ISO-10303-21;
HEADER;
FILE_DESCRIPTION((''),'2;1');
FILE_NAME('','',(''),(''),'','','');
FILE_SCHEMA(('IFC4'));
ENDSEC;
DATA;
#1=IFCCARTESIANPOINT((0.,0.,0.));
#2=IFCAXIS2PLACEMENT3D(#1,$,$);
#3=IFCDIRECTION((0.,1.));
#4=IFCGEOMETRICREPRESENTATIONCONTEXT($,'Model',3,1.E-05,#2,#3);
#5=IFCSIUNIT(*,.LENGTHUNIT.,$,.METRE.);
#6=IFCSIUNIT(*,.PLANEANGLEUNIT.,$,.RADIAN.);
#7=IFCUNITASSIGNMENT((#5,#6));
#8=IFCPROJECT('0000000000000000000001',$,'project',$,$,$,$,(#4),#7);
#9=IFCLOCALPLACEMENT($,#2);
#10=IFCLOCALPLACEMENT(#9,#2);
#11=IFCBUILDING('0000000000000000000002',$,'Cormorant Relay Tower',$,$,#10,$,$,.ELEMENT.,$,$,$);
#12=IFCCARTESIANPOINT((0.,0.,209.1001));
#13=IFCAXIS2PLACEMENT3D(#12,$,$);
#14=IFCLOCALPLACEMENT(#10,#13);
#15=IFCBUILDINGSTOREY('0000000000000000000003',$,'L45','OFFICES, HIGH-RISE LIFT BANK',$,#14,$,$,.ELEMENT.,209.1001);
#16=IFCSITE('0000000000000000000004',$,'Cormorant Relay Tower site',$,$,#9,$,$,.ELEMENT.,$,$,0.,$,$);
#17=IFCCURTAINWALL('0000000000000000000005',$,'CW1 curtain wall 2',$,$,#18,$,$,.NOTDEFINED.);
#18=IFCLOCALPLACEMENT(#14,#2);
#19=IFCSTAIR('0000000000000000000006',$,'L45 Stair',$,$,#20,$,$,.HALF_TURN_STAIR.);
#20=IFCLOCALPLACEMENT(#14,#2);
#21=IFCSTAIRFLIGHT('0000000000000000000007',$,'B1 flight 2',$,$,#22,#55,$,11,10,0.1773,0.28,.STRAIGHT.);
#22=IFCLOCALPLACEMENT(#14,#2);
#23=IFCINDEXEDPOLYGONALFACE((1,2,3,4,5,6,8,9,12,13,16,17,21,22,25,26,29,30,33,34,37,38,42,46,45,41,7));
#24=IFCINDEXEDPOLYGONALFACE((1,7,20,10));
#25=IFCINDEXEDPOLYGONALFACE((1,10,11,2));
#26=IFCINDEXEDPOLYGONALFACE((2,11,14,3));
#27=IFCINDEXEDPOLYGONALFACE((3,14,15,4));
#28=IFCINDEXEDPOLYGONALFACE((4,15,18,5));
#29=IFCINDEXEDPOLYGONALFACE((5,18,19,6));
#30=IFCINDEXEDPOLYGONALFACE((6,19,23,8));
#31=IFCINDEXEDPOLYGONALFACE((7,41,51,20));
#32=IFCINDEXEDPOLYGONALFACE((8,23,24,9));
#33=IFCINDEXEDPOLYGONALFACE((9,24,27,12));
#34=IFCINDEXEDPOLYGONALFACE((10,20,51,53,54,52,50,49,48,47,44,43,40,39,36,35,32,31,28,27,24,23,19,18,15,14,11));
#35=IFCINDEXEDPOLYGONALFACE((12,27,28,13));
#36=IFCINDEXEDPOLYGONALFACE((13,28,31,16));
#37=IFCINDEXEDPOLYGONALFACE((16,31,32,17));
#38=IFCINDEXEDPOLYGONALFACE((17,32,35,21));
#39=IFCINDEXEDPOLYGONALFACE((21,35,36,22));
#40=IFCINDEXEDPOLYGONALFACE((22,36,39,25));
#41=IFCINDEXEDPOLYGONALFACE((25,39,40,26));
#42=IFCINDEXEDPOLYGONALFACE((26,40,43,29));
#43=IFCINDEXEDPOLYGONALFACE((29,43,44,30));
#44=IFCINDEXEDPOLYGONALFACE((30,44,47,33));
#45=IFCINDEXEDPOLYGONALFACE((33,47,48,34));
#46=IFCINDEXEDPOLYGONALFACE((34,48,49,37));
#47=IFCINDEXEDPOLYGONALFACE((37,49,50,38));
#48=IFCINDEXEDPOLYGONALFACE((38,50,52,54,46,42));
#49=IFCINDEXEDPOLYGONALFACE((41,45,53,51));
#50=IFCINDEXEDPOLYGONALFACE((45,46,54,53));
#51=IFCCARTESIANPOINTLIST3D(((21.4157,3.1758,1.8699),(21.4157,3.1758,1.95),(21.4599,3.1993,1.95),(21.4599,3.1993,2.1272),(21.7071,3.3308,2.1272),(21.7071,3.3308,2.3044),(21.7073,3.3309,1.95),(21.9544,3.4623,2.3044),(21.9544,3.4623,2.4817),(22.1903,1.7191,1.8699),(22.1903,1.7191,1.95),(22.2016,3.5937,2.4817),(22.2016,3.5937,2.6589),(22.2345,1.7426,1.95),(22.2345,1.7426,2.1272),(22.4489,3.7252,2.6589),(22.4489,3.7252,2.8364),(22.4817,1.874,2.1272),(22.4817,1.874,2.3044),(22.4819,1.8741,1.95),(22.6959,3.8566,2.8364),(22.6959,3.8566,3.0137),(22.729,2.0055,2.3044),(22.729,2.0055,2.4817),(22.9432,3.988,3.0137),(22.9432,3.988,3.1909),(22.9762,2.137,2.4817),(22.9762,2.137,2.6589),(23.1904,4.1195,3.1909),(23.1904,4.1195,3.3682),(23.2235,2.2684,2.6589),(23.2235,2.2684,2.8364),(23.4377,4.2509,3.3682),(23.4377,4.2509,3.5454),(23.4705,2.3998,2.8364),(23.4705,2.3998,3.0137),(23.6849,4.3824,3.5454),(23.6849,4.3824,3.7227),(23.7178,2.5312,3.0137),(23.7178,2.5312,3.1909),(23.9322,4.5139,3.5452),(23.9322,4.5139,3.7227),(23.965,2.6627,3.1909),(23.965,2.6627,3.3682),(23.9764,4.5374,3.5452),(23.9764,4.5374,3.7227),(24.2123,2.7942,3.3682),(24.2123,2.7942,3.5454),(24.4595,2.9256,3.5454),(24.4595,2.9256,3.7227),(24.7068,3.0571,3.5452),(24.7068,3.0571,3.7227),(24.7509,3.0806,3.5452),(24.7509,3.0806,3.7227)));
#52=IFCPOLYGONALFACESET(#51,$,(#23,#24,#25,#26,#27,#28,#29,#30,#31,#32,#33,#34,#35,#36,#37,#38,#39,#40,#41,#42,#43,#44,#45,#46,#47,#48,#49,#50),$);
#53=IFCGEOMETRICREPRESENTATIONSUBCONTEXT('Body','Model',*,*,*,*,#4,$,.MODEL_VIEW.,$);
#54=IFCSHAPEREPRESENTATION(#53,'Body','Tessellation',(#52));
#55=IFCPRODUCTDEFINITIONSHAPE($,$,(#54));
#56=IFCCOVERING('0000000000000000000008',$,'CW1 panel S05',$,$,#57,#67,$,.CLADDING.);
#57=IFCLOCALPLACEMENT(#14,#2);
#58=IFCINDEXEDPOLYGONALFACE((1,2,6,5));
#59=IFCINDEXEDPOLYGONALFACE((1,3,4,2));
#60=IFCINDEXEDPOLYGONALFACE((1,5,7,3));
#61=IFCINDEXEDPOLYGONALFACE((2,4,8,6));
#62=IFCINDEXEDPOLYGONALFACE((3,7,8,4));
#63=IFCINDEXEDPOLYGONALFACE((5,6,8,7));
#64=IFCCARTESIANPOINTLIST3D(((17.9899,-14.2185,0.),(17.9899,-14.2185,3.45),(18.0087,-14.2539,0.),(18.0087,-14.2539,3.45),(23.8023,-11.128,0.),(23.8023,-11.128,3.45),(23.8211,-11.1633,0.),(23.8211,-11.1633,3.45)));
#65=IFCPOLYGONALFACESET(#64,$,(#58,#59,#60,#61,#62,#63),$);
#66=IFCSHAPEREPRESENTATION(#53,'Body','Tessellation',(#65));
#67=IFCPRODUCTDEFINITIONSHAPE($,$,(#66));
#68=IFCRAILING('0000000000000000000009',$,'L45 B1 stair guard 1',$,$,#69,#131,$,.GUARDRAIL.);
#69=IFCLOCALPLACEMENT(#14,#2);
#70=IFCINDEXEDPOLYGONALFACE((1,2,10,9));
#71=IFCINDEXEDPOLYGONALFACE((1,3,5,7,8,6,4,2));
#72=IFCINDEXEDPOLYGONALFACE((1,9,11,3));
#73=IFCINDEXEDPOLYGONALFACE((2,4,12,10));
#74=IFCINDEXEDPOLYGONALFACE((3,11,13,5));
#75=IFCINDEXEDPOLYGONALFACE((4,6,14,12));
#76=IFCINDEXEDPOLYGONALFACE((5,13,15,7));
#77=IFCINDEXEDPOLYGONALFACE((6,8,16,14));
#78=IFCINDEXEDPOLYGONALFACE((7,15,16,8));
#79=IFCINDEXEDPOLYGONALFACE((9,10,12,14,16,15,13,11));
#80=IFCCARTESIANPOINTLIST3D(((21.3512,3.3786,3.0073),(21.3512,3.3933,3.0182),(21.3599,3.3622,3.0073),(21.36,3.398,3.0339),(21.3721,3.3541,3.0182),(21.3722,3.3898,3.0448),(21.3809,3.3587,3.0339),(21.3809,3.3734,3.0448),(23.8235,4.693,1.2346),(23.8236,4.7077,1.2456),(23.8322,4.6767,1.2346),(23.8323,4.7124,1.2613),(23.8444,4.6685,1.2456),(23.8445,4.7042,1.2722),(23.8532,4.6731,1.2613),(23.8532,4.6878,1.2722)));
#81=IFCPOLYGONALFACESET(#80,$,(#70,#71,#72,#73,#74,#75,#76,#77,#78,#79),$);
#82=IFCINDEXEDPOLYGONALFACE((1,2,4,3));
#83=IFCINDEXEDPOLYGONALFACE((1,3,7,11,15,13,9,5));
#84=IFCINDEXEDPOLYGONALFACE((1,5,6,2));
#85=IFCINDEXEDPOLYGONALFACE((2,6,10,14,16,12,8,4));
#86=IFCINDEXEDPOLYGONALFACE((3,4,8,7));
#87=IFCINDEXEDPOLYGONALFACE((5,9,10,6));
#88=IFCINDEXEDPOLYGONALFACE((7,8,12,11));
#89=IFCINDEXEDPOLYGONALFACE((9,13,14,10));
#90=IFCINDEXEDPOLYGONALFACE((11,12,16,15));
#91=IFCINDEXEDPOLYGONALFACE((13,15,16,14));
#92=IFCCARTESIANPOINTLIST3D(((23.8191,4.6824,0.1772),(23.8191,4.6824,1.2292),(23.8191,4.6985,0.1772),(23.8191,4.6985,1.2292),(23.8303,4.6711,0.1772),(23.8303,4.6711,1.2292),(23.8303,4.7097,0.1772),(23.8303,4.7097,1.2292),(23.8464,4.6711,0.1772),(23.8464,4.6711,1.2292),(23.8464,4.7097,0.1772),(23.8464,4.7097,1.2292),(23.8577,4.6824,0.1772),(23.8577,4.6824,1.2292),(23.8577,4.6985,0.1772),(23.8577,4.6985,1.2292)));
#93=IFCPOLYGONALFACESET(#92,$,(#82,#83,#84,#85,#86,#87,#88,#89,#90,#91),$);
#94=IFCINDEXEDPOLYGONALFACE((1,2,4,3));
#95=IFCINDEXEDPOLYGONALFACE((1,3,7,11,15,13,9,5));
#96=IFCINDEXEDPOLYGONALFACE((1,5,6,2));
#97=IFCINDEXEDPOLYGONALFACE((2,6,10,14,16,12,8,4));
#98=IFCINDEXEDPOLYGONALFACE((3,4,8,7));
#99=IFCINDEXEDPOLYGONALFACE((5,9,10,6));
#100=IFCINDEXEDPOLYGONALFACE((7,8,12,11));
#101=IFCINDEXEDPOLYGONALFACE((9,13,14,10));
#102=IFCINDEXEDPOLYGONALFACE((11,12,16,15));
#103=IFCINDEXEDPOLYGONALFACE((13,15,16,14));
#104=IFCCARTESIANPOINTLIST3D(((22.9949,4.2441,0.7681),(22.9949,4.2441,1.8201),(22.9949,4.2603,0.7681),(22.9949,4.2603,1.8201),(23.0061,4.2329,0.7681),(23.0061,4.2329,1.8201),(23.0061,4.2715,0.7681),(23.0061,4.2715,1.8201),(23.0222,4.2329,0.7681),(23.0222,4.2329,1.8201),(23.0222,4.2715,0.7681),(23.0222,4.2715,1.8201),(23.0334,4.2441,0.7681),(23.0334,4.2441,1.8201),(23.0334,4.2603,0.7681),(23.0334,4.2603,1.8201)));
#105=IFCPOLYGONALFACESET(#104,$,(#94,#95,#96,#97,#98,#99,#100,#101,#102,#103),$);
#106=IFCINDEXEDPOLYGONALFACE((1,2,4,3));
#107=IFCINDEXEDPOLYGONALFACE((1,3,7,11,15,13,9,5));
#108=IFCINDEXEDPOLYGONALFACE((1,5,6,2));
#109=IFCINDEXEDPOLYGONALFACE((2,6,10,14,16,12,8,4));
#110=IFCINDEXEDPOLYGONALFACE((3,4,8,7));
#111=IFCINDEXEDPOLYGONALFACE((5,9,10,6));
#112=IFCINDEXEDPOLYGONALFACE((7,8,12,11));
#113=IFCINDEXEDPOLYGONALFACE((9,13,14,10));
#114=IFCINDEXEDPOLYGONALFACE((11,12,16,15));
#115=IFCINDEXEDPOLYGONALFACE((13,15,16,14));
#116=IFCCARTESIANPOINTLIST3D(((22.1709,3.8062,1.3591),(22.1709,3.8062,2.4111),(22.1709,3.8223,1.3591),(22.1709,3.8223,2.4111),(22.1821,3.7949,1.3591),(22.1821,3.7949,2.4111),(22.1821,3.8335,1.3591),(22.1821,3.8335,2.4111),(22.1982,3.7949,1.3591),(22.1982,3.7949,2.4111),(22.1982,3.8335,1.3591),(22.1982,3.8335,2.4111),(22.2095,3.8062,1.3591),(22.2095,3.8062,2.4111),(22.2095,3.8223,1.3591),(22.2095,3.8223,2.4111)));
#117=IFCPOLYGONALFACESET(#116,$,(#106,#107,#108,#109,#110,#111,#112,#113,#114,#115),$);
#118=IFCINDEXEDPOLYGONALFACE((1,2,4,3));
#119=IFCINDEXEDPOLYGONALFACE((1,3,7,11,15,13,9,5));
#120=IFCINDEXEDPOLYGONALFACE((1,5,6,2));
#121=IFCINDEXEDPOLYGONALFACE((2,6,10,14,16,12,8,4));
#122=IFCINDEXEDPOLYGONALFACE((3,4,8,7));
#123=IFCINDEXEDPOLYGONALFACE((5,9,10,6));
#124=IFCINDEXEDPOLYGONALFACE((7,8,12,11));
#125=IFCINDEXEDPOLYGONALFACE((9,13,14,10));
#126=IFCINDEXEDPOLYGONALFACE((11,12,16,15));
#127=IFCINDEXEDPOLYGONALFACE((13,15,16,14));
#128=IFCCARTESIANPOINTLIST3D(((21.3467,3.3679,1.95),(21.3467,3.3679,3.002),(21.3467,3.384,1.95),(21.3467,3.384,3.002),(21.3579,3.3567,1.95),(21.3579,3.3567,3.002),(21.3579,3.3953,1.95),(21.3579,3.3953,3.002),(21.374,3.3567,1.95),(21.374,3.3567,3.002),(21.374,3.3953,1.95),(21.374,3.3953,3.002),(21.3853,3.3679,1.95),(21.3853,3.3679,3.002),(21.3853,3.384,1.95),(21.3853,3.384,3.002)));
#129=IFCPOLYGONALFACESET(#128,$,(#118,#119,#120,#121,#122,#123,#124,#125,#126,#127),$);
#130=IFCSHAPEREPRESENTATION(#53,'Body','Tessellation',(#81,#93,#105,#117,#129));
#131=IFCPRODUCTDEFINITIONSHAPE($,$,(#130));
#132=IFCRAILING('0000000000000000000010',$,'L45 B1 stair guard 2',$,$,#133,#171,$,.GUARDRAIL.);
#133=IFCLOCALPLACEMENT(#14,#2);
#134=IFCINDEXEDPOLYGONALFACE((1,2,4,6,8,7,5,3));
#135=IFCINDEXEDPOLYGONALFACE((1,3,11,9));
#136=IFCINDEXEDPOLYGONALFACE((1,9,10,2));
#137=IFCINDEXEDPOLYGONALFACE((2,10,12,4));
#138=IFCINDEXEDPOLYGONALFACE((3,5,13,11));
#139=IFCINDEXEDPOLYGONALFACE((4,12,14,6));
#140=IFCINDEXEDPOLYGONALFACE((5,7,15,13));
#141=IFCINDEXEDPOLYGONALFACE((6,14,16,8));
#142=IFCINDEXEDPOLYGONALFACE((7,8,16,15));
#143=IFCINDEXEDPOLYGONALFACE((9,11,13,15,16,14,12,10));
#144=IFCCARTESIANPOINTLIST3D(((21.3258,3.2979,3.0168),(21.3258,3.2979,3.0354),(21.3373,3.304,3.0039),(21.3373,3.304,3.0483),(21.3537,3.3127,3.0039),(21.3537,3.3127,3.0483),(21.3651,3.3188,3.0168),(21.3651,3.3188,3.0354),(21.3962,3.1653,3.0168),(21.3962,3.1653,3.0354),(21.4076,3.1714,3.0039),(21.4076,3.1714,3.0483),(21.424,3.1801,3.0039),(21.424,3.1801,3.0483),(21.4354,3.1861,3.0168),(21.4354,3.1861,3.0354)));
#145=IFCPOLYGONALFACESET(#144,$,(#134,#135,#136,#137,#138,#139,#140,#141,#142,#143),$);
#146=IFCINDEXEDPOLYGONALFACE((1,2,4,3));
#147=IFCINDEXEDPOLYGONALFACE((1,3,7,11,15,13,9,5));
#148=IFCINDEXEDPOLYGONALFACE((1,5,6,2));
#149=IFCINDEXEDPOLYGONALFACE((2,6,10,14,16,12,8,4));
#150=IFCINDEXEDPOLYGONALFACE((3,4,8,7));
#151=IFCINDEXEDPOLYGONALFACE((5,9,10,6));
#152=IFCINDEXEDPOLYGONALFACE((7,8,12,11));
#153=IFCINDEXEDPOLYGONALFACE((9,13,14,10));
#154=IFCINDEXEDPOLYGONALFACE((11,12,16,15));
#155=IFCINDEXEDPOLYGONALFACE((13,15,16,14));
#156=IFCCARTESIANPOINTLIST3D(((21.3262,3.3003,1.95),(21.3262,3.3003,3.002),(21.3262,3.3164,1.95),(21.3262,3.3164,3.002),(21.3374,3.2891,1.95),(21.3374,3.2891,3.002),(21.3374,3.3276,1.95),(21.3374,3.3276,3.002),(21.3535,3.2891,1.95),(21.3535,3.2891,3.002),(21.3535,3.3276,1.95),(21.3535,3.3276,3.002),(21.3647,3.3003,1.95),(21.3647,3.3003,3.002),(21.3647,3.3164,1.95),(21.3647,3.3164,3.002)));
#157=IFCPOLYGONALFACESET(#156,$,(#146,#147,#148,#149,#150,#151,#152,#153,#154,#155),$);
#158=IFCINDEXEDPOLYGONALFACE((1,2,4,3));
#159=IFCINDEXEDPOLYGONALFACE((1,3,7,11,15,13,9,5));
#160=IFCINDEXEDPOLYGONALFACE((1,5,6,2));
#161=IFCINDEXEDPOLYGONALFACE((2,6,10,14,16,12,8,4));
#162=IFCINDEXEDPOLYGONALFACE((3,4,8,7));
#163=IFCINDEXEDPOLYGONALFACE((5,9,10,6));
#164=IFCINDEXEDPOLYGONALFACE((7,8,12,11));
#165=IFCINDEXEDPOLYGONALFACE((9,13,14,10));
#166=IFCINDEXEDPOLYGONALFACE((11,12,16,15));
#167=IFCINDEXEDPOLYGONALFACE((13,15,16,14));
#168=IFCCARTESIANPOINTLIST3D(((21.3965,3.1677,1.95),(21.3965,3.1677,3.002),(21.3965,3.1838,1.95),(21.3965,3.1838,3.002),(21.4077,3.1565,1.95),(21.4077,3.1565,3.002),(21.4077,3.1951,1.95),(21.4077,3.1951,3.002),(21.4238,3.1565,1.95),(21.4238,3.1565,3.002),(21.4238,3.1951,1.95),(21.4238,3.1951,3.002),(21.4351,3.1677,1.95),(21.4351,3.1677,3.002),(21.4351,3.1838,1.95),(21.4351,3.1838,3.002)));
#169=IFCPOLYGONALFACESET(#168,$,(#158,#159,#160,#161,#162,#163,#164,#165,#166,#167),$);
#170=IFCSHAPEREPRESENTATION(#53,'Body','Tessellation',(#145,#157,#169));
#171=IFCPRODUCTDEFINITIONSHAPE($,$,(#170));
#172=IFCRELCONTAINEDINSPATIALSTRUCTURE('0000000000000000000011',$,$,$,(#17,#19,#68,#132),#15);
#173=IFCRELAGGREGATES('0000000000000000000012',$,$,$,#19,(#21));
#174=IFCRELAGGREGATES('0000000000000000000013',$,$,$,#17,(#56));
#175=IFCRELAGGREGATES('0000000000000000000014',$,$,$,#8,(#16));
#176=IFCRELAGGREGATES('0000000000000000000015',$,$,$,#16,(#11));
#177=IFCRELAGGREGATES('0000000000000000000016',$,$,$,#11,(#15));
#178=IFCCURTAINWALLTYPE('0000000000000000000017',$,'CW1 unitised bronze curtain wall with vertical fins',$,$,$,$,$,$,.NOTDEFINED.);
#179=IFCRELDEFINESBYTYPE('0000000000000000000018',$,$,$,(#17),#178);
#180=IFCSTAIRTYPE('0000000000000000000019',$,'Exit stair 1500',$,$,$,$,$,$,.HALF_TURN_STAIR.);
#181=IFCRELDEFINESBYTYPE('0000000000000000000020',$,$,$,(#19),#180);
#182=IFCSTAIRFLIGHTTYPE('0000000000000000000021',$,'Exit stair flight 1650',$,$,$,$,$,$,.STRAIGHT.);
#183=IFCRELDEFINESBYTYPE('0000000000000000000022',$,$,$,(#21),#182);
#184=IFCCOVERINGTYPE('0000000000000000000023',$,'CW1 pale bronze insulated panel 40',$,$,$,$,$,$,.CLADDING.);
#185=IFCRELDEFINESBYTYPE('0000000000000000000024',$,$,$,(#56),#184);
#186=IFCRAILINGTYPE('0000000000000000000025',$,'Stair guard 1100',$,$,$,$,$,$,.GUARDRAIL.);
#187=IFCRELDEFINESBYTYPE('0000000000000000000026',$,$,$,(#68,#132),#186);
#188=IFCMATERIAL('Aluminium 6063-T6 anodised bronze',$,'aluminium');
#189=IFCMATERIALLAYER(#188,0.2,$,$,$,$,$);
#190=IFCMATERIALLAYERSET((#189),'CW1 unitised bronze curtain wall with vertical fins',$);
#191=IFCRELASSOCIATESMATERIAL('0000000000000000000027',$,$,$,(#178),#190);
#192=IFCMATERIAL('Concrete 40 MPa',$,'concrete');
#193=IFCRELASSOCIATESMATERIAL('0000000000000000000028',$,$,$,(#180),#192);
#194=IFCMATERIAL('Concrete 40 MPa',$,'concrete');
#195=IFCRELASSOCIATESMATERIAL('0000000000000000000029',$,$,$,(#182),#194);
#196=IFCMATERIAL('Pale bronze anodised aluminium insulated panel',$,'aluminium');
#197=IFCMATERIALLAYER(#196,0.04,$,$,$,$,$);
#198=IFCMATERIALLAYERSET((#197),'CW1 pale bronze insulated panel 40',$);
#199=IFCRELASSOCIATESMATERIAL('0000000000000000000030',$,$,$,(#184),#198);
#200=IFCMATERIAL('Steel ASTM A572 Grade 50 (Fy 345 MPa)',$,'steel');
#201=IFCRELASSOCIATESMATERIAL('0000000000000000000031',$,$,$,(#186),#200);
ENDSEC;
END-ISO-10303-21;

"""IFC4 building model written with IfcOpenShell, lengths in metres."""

from ifc_helpers import new_model, si_unit, direction, frame, origin, origin_2d, place, context, subcontext, project, spatial, polyline, rectangle, outline, extrude, material, layer, layer_set, type_object, element, aggregate, save


model = new_model("IFC4")

# Units and contexts
model_context = context("Model", 3, precision=1e-05, world=origin(), true_north=direction((0.0, 1.0)))
body_context = subcontext(model_context, "Body", "Model", "MODEL_VIEW")
ifc_project = project(units=[si_unit("LENGTHUNIT", "METRE"), si_unit("PLANEANGLEUNIT", "RADIAN")], contexts=[model_context])

# Site, building, storey
site_placement = place(None, origin())
site = spatial("IfcSite", under=ifc_project, at=site_placement, Name="Cormorant Relay Tower site", CompositionType="ELEMENT", RefElevation=0.0)
building_placement = place(site_placement, origin())
building = spatial("IfcBuilding", under=site, at=building_placement, Name="Cormorant Relay Tower", CompositionType="ELEMENT")
storey_placement = place(building_placement, frame((0.0, 0.0, 209.1001)))
storey = spatial("IfcBuildingStorey", under=building, at=storey_placement, Name="L45", Description="OFFICES, HIGH-RISE LIFT BANK", CompositionType="ELEMENT", Elevation=209.1001)

# Curtain wall
ifc_material_1 = material(Name="Aluminium 6063-T6 anodised bronze", Category="aluminium")
ifc_layer_1 = layer(ifc_material_1, 0.2)
ifc_layer_set_1 = layer_set([ifc_layer_1], Name="CW1 unitised bronze curtain wall with vertical fins")
curtain_wall_type = type_object("IfcCurtainWallType", Name="CW1 unitised bronze curtain wall with vertical fins", PredefinedType="NOTDEFINED", material=ifc_layer_set_1)
curtain_wall_placement = place(storey_placement, origin())
curtain_wall = element("IfcCurtainWall", 1, at=curtain_wall_placement, inside=storey, type_object=curtain_wall_type, Name="CW1 curtain wall 2", PredefinedType="NOTDEFINED")

# Stair, stair flight
ifc_material_2 = material(Name="Concrete 40 MPa", Category="concrete")
stair_type = type_object("IfcStairType", Name="Exit stair 1500", PredefinedType="HALF_TURN_STAIR", material=ifc_material_2)
stair_placement = place(storey_placement, origin())
stair = element("IfcStair", 2, at=stair_placement, inside=storey, type_object=stair_type, Name="L45 Stair", PredefinedType="HALF_TURN_STAIR")
ifc_material_3 = material(Name="Concrete 40 MPa", Category="concrete")
stair_flight_type = type_object("IfcStairFlightType", Name="Exit stair flight 1650", PredefinedType="STRAIGHT", material=ifc_material_3)
stair_flight_1_placement = place(storey_placement, frame((21.8472, 2.4709, 1.95), z_axis=(0.0, 0.0, 1.0), x_axis=(0.882948, 0.469472, 0.0)))
stair_flight_1 = element("IfcStairFlight", 3, at=stair_flight_1_placement, type_object=stair_flight_type, Name="B1 flight 2", NumberOfRisers=11, NumberOfTreads=10, PredefinedType="STRAIGHT", RiserHeight=0.1773, TreadLength=0.28, context=body_context, shape_type="SweptSolid", body=[
    extrude(outline(polyline([(-0.05, -0.0801), (-0.05, 0.0), (0.0, 0.0), (0.0, 0.1772), (0.28, 0.1772), (0.28, 0.3545), (0.5601, 0.3545), (0.5601, 0.5317), (0.8401, 0.5317), (0.8401, 0.709), (1.1201, 0.709), (1.1201, 0.8865), (1.3999, 0.8865), (1.3999, 1.0637), (1.6799, 1.0637), (1.6799, 1.241), (1.96, 1.241), (1.96, 1.4182), (2.24, 1.4182), (2.24, 1.5955), (2.52, 1.5955), (2.52, 1.7727), (2.8, 1.7727), (2.8501, 1.7727), (2.8501, 1.5952), (2.8, 1.5952), (0.2803, 0.0), (-0.05, -0.0801)])), frame((0.0, 0.825, 0.0), z_axis=(0.0, -1.0, 0.0), x_axis=(1.0, 0.0, 0.0)), (0.0, 0.0, 1.0), 1.6499),
])
aggregate(stair, [stair_flight_1])

# Covering
ifc_material_4 = material(Name="Pale bronze anodised aluminium insulated panel", Category="aluminium")
ifc_layer_2 = layer(ifc_material_4, 0.04)
ifc_layer_set_2 = layer_set([ifc_layer_2], Name="CW1 pale bronze insulated panel 40")
covering_type = type_object("IfcCoveringType", Name="CW1 pale bronze insulated panel 40", PredefinedType="CLADDING", material=ifc_layer_set_2)
covering_placement = place(storey_placement, frame((20.9055, -12.6909, 0.0), z_axis=(0.0, 0.0, 1.0), x_axis=(0.882948, 0.469472, 0.0)))
covering = element("IfcCovering", 4, at=covering_placement, type_object=covering_type, Name="CW1 panel S05", PredefinedType="CLADDING", context=body_context, shape_type="SweptSolid", body=[
    extrude(rectangle(XDim=6.583, YDim=0.04, at=origin_2d()), origin(), (0.0, 0.0, 1.0), 3.45),
])
aggregate(curtain_wall, [covering])

# Railings
ifc_material_5 = material(Name="Steel ASTM A572 Grade 50 (Fy 345 MPa)", Category="steel")
railing_type_1 = type_object("IfcRailingType", Name="Stair guard 1100", PredefinedType="GUARDRAIL", material=ifc_material_5)
railing_1_placement = place(storey_placement, frame((23.8384, 4.6904, 0.1772)))
element("IfcRailing", 5, at=railing_1_placement, inside=storey, type_object=railing_type_1, Name="L45 B1 stair guard 1", PredefinedType="GUARDRAIL", context=body_context, shape_type="SweptSolid", body=[
    extrude(outline(polyline([(0.0222, 0.0093), (0.0093, 0.0222), (-0.0093, 0.0222), (-0.0222, 0.0093), (-0.0222, -0.0093), (-0.0093, -0.0222), (0.0093, -0.0222), (0.0222, -0.0093), (0.0222, 0.0093)])), frame((0.0, 0.0, 1.0762), z_axis=(-0.746034, -0.396627, 0.534902), x_axis=(0.469429, -0.88297, 0.0)), (0.0, 0.0, 1.0), 3.314),
    extrude(outline(polyline([(0.0193, 0.0081), (0.0081, 0.0193), (-0.0081, 0.0193), (-0.0193, 0.0081), (-0.0193, -0.0081), (-0.0081, -0.0193), (0.0081, -0.0193), (0.0193, -0.0081), (0.0193, 0.0081)])), origin(), (0.0, 0.0, 1.0), 1.052),
    extrude(outline(polyline([(0.0193, 0.0081), (0.0081, 0.0193), (-0.0081, 0.0193), (-0.0193, 0.0081), (-0.0193, -0.0081), (-0.0081, -0.0193), (0.0081, -0.0193), (0.0193, -0.0081), (0.0193, 0.0081)])), frame((-0.8242, -0.4382, 0.5908)), (0.0, 0.0, 1.0), 1.052),
    extrude(outline(polyline([(0.0193, 0.0081), (0.0081, 0.0193), (-0.0081, 0.0193), (-0.0193, 0.0081), (-0.0193, -0.0081), (-0.0081, -0.0193), (0.0081, -0.0193), (0.0193, -0.0081), (0.0193, 0.0081)])), frame((-1.6482, -0.8762, 1.1819)), (0.0, 0.0, 1.0), 1.052),
    extrude(outline(polyline([(0.0193, 0.0081), (0.0081, 0.0193), (-0.0081, 0.0193), (-0.0193, 0.0081), (-0.0193, -0.0081), (-0.0081, -0.0193), (0.0081, -0.0193), (0.0193, -0.0081), (0.0193, 0.0081)])), frame((-2.4724, -1.3145, 1.7727)), (0.0, 0.0, 1.0), 1.052),
])
railing_2_placement = place(storey_placement, frame((21.3455, 3.3083, 1.95)))
element("IfcRailing", 6, at=railing_2_placement, inside=storey, type_object=railing_type_1, Name="L45 B1 stair guard 2", PredefinedType="GUARDRAIL", context=body_context, shape_type="SweptSolid", body=[
    extrude(outline(polyline([(0.0222, 0.0093), (0.0093, 0.0222), (-0.0093, 0.0222), (-0.0222, 0.0093), (-0.0222, -0.0093), (-0.0093, -0.0222), (0.0093, -0.0222), (0.0222, -0.0093), (0.0222, 0.0093)])), frame((0.0, 0.0, 1.0762), z_axis=(0.46856, -0.883431, 0.0), x_axis=(0.883431, 0.46856, 0.0)), (0.0, 0.0, 1.0), 0.1501),
    extrude(outline(polyline([(0.0193, 0.0081), (0.0081, 0.0193), (-0.0081, 0.0193), (-0.0193, 0.0081), (-0.0193, -0.0081), (-0.0081, -0.0193), (0.0081, -0.0193), (0.0193, -0.0081), (0.0193, 0.0081)])), origin(), (0.0, 0.0, 1.0), 1.052),
    extrude(outline(polyline([(0.0193, 0.0081), (0.0081, 0.0193), (-0.0081, 0.0193), (-0.0193, 0.0081), (-0.0193, -0.0081), (-0.0081, -0.0193), (0.0081, -0.0193), (0.0193, -0.0081), (0.0193, 0.0081)])), frame((0.0703, -0.1326, 0.0)), (0.0, 0.0, 1.0), 1.052),
])

save(model, "model.ifc")
